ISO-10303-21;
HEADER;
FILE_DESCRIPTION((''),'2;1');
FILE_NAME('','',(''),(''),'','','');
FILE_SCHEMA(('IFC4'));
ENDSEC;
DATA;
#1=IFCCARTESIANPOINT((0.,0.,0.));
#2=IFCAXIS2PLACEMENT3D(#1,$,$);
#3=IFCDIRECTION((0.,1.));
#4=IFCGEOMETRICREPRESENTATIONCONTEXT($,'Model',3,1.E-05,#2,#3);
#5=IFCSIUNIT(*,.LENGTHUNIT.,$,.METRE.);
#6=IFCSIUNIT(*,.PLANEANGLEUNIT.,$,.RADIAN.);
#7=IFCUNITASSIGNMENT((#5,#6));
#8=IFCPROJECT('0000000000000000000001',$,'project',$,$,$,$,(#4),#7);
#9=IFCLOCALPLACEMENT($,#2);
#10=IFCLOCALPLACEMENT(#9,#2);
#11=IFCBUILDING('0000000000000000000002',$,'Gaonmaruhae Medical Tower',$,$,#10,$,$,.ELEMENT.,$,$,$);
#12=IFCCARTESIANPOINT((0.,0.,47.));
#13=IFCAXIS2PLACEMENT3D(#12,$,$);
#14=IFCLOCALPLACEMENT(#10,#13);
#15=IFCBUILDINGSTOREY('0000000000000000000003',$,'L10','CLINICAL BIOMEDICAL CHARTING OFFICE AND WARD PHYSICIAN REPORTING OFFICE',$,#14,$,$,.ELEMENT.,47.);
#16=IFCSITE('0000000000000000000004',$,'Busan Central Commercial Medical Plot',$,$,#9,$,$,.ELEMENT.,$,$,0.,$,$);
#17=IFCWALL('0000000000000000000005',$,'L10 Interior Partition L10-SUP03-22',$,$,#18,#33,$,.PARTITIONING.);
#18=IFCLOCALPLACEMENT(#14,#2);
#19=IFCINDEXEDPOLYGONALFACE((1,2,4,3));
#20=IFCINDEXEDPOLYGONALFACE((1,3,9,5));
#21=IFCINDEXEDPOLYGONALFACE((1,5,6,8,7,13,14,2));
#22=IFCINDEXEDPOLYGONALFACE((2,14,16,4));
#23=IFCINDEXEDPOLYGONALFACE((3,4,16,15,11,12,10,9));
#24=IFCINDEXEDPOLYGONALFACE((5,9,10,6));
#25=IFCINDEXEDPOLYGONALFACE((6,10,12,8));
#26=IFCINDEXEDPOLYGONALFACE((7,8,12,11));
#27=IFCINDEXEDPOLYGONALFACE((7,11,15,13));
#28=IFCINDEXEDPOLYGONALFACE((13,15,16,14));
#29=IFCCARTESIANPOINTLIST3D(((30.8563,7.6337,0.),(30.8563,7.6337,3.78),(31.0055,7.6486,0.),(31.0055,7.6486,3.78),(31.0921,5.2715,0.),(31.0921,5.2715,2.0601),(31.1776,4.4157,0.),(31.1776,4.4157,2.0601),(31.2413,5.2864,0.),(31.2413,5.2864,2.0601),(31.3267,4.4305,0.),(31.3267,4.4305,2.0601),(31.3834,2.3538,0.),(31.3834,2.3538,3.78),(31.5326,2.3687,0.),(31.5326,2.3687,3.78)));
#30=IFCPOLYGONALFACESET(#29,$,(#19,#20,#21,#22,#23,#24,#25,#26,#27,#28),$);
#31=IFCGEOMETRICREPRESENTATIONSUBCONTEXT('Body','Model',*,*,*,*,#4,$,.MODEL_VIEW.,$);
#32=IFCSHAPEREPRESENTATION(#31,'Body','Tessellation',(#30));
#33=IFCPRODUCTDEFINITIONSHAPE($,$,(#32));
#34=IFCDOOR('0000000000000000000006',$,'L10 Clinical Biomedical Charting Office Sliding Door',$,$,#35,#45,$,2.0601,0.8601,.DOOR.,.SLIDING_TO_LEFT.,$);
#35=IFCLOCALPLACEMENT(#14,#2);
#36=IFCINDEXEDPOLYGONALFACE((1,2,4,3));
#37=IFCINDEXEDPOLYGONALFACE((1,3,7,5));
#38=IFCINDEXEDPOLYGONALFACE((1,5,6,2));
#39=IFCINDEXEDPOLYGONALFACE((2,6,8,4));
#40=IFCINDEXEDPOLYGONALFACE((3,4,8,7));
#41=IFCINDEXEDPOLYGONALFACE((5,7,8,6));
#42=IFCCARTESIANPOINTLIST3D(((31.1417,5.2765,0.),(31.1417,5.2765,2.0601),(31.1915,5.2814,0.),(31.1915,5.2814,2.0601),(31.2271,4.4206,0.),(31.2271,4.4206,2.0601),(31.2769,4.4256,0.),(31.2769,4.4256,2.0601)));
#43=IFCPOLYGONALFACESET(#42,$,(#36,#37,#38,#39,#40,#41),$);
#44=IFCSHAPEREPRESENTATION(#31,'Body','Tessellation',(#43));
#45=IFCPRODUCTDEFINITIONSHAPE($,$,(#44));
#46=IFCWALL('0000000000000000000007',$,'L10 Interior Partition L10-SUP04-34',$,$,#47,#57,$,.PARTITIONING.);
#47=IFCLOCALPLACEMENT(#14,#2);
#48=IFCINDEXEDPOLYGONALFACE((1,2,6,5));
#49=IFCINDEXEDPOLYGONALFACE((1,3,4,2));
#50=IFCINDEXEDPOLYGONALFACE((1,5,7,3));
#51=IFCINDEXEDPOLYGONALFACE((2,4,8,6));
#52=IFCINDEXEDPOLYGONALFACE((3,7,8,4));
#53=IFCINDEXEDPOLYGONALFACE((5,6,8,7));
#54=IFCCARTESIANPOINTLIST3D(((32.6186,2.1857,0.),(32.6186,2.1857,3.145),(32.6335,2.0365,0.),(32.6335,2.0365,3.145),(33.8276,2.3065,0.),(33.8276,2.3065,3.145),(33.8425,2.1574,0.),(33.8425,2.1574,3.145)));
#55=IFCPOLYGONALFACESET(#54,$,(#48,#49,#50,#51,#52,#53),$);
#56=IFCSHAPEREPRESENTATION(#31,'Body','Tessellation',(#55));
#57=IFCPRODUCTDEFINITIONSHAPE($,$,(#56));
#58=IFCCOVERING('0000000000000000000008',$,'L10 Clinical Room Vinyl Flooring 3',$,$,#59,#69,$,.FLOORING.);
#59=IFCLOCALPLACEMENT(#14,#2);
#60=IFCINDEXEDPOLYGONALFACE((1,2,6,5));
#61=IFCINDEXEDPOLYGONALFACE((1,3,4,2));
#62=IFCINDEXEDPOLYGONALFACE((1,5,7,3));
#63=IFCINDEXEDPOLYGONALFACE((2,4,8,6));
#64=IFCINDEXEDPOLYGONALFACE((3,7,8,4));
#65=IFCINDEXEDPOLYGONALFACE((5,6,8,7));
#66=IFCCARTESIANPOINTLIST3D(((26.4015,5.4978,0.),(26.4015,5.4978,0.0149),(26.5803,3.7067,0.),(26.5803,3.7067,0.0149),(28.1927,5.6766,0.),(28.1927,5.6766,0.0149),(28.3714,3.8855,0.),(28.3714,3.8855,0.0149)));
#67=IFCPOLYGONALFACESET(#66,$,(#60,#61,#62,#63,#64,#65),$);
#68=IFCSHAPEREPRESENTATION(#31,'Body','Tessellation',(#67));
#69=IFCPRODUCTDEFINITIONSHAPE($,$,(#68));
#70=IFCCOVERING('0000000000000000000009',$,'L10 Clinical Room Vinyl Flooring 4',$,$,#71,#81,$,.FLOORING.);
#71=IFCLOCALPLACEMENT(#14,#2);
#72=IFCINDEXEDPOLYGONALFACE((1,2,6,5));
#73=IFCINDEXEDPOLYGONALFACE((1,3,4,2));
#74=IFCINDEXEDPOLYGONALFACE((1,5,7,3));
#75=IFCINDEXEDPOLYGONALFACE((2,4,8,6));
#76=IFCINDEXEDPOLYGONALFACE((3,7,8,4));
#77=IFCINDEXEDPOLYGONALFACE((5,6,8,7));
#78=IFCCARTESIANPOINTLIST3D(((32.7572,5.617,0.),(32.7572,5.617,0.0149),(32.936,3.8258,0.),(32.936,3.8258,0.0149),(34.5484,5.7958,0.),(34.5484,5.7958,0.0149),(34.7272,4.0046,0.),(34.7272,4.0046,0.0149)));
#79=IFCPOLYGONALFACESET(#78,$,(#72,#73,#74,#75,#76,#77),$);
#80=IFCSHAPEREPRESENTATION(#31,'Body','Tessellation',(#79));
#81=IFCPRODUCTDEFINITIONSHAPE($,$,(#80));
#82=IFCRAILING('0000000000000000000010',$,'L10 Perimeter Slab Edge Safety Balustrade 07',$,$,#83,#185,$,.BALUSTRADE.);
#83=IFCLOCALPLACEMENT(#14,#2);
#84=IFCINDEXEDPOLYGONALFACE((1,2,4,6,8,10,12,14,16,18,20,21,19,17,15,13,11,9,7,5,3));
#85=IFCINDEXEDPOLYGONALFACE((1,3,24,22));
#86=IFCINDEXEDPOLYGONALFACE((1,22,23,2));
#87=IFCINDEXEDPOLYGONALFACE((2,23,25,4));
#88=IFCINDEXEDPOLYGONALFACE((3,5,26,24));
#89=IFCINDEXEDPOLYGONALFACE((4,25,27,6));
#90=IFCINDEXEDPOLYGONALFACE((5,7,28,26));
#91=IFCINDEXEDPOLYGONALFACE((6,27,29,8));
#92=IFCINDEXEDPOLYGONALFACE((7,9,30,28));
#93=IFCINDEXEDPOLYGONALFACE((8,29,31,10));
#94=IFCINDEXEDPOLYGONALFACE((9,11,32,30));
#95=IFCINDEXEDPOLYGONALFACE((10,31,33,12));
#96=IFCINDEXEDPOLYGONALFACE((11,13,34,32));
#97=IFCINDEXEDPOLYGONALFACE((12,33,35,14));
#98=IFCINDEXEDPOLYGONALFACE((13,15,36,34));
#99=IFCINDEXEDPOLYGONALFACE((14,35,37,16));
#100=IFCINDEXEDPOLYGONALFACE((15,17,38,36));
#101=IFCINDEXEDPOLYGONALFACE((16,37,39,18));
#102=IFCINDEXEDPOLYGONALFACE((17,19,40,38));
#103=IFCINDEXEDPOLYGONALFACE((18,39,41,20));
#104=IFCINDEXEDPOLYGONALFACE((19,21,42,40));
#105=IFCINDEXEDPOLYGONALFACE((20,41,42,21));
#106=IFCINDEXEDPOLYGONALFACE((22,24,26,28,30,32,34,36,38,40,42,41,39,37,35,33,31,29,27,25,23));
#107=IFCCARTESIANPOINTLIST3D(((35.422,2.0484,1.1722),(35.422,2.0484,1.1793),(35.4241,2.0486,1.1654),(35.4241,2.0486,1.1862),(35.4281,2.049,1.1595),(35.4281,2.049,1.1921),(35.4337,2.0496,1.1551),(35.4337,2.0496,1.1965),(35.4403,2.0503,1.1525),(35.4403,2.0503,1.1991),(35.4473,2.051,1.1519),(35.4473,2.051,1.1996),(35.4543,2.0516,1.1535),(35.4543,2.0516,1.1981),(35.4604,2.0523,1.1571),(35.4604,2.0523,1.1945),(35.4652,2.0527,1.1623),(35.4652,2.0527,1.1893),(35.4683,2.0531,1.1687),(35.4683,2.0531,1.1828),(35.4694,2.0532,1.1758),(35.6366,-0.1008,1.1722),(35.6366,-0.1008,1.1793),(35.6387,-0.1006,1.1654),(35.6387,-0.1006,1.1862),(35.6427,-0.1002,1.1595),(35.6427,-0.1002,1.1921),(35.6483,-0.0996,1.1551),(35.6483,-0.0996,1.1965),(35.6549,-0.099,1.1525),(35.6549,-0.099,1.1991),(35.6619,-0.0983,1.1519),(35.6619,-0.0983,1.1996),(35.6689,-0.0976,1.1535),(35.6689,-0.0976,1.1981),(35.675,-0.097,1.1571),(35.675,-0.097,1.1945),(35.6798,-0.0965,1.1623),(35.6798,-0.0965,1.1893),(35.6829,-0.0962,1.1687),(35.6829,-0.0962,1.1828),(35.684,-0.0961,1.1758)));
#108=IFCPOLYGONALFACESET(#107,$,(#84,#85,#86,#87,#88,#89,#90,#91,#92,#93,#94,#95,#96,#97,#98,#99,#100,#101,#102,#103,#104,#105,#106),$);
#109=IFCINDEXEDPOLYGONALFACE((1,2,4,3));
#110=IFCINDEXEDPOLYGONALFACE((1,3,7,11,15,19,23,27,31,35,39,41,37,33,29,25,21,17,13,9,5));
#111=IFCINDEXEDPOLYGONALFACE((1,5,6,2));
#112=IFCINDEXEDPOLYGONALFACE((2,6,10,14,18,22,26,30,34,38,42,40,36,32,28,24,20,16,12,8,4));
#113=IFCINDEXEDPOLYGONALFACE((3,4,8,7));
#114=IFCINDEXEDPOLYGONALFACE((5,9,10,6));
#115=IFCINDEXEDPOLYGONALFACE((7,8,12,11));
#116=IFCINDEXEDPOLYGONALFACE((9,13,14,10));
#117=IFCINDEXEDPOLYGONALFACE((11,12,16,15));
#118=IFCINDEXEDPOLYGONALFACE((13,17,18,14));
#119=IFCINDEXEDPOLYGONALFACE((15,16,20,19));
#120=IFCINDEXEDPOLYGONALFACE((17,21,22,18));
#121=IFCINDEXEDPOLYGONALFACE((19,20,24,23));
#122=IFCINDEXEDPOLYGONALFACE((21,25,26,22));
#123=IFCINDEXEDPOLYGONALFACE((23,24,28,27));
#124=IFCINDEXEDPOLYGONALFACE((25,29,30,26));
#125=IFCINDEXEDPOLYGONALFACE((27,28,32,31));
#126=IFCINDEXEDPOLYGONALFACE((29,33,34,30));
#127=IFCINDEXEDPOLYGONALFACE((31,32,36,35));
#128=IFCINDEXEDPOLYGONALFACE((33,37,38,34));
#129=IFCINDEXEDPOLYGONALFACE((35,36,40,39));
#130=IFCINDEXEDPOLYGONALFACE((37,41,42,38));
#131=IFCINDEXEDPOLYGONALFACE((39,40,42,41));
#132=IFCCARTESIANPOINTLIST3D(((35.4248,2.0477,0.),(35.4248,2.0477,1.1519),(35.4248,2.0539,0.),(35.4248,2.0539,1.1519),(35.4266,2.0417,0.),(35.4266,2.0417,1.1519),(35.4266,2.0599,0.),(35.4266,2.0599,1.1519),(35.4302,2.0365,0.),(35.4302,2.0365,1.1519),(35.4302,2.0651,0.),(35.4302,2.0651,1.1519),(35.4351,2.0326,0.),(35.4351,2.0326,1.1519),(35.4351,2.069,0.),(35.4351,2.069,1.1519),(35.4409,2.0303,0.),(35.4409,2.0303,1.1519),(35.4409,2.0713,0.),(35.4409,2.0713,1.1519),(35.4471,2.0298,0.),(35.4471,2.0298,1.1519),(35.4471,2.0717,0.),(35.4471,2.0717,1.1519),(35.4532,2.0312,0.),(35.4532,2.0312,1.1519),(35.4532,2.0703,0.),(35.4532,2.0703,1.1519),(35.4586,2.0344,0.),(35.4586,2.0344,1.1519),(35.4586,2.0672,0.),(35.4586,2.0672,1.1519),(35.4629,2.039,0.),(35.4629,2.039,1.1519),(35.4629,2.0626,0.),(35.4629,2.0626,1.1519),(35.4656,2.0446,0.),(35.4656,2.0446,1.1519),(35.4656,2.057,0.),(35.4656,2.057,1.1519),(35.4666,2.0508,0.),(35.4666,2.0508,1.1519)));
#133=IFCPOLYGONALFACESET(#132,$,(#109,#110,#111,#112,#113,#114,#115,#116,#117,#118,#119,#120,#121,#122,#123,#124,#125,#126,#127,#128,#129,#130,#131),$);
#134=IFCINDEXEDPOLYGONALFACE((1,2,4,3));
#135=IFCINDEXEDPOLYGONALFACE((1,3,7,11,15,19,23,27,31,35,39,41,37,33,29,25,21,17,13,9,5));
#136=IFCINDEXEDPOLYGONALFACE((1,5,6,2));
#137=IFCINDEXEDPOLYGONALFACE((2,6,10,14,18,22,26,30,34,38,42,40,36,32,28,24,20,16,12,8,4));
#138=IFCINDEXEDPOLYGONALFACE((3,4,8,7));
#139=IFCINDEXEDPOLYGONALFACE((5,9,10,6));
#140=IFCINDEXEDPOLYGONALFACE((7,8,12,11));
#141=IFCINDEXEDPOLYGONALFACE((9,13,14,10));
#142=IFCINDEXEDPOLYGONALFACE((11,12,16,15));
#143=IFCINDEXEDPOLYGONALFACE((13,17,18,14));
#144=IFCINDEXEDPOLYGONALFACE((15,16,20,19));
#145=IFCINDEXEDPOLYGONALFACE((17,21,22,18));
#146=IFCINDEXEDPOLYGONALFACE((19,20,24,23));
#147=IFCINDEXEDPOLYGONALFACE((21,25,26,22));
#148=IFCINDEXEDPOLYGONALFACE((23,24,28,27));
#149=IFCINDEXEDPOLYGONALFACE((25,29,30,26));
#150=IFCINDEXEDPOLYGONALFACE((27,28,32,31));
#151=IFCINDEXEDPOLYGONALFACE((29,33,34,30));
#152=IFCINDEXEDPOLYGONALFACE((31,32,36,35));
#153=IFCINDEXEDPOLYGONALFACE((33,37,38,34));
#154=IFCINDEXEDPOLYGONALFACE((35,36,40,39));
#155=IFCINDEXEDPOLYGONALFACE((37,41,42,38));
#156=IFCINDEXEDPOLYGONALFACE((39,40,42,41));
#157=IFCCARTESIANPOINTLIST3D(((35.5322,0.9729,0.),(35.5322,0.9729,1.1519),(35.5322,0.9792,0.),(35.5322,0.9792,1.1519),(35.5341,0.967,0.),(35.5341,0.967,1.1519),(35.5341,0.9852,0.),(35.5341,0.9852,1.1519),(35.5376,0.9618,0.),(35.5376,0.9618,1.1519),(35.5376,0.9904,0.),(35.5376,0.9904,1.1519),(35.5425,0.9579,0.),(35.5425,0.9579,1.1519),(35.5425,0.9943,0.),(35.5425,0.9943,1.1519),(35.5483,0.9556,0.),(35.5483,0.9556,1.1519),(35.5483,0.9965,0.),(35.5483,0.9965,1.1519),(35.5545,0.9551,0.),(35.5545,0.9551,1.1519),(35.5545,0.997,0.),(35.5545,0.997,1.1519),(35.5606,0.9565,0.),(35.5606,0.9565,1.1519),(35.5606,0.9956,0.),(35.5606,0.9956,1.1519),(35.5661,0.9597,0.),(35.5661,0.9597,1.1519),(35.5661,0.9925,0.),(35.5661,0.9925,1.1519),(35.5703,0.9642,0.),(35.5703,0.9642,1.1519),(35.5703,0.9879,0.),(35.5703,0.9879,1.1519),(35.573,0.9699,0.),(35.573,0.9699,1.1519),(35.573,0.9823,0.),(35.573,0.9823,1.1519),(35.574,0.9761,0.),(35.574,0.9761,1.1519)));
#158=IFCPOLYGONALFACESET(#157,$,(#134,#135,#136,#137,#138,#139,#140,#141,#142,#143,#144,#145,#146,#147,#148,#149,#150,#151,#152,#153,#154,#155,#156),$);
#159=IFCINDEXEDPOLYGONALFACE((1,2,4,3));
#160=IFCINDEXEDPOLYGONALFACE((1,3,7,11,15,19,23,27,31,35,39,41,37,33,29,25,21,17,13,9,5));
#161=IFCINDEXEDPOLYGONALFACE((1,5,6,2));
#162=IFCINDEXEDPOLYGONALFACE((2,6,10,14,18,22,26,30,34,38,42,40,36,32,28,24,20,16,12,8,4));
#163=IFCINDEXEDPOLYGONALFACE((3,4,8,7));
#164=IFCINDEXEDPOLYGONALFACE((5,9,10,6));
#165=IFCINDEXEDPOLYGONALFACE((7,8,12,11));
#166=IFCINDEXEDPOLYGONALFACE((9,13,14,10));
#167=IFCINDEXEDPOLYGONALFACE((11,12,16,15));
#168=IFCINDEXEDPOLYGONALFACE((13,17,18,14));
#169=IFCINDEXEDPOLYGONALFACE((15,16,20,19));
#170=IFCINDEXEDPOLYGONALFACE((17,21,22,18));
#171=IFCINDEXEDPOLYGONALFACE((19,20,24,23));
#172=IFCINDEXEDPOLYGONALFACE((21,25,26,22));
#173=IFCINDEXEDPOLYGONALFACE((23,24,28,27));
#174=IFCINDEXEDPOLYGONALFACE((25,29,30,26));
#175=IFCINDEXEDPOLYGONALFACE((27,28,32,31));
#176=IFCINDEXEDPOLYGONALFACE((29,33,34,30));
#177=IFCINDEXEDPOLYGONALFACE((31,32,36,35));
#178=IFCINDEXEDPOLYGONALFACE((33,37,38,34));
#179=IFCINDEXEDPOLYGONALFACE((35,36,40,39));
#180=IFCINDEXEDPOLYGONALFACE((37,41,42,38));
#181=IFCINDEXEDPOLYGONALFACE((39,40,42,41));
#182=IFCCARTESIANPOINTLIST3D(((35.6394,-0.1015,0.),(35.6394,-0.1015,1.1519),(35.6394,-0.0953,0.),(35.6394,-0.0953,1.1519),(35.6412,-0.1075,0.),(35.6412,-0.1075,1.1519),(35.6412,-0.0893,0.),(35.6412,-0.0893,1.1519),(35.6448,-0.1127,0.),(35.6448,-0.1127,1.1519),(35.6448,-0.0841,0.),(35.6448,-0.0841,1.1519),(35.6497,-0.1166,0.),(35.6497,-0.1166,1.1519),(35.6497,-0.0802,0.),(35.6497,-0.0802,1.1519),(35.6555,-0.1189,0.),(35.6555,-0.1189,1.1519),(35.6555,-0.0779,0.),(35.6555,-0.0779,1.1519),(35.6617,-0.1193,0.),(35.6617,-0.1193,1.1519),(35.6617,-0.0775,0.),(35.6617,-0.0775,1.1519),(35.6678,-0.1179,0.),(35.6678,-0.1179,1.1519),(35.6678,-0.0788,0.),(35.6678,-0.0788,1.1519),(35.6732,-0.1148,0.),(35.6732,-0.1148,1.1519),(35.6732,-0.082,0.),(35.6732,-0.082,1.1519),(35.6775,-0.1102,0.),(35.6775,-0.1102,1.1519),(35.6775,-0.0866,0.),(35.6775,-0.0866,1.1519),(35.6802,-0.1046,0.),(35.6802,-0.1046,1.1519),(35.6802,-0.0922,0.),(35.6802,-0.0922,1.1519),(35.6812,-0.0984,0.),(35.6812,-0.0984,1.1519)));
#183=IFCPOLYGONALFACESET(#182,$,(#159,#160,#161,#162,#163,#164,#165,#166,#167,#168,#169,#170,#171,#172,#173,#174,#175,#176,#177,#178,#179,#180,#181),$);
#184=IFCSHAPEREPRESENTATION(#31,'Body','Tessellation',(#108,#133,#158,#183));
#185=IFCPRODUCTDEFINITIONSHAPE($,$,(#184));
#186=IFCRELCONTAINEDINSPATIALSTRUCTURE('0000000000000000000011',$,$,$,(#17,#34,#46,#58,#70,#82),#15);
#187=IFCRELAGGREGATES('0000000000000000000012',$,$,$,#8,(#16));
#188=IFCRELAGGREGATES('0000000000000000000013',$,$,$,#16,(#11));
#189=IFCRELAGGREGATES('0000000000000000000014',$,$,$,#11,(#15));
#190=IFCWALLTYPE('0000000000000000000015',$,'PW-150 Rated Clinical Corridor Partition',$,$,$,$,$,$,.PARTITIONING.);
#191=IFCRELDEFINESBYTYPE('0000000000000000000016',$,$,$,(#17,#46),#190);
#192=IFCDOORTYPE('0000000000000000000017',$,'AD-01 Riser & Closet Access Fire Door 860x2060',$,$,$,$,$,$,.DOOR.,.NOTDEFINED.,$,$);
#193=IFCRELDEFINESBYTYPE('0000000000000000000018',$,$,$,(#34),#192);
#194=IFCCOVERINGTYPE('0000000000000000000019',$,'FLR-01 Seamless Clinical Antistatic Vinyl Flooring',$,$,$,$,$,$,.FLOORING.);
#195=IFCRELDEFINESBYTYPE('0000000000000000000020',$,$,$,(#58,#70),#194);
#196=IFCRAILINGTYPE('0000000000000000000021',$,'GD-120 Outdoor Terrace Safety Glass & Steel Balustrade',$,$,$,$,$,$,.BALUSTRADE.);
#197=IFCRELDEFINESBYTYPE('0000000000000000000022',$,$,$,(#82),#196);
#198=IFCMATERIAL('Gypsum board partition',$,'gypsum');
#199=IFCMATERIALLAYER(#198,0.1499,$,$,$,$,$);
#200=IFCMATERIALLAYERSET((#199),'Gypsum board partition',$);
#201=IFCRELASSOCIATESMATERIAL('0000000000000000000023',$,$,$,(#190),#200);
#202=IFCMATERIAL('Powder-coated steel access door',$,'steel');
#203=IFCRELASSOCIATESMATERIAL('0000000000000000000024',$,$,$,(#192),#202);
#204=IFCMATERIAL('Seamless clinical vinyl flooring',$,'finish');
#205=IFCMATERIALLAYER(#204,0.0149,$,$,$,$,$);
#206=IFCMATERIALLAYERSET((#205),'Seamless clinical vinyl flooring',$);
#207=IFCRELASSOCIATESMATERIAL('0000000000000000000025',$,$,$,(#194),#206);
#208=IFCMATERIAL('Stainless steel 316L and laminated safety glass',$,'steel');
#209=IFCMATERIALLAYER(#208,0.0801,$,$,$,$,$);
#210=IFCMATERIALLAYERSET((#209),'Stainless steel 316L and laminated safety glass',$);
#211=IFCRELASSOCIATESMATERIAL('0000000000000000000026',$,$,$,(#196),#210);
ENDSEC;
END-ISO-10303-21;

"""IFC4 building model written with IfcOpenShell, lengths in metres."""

from ifc_helpers import new_model, si_unit, direction, frame, frame_2d, origin, origin_2d, place, context, subcontext, project, spatial, rectangle, circle, extrude, material, layer, layer_set, type_object, element, fill, save


model = new_model("IFC4")

# Units and contexts
model_context = context("Model", 3, precision=1e-05, world=origin(), true_north=direction((0.0, 1.0)))
body_context = subcontext(model_context, "Body", "Model", "MODEL_VIEW")
ifc_project = project(units=[si_unit("LENGTHUNIT", "METRE"), si_unit("PLANEANGLEUNIT", "RADIAN")], contexts=[model_context])

# Site, building, storey
site_placement = place(None, origin())
site = spatial("IfcSite", under=ifc_project, at=site_placement, Name="Busan Central Commercial Medical Plot", CompositionType="ELEMENT", RefElevation=0.0)
building_placement = place(site_placement, origin())
building = spatial("IfcBuilding", under=site, at=building_placement, Name="Gaonmaruhae Medical Tower", CompositionType="ELEMENT")
storey_placement = place(building_placement, frame((0.0, 0.0, 47.0)))
storey = spatial("IfcBuildingStorey", under=building, at=storey_placement, Name="L10", Description="CLINICAL BIOMEDICAL CHARTING OFFICE AND WARD PHYSICIAN REPORTING OFFICE", CompositionType="ELEMENT", Elevation=47.0)

# Shared definitions
ifc_material_1 = material(Name="Gypsum board partition", Category="gypsum")
ifc_layer_1 = layer(ifc_material_1, 0.1499)
ifc_layer_set_1 = layer_set([ifc_layer_1], Name="Gypsum board partition")
wall_type_1 = type_object("IfcWallType", Name="PW-150 Rated Clinical Corridor Partition", PredefinedType="PARTITIONING", material=ifc_layer_set_1)

# Wall, opening, door
wall_1_placement = place(storey_placement, frame((30.9309, 7.6411, 0.0), z_axis=(0.0, 0.0, 1.0), x_axis=(0.099335, -0.995054, 0.0)))
wall_1 = element("IfcWall", 1, at=wall_1_placement, inside=storey, type_object=wall_type_1, Name="L10 Interior Partition L10-SUP03-22", PredefinedType="PARTITIONING", context=body_context, shape_type="SweptSolid", body=[
    extrude(rectangle(XDim=5.3062, YDim=0.1499, at=frame_2d((2.6531, 0.0))), origin(), (0.0, 0.0, 1.0), 3.78),
])
opening_1_placement = place(wall_1_placement, frame((2.3738, 0.0, 0.0)))
opening_1 = element("IfcOpeningElement", 2, at=opening_1_placement, cuts=wall_1, PredefinedType="OPENING", context=body_context, shape_type="SweptSolid", body=[
    extrude(rectangle(XDim=0.8601, YDim=2.0601, at=frame_2d((0.4302, 1.03))), frame((0.0, 0.085, 0.0), z_axis=(0.0, -1.0, 0.0), x_axis=(1.0, 0.0, 0.0)), (0.0, 0.0, 1.0), 0.1699),
])
ifc_material_2 = material(Name="Powder-coated steel access door", Category="steel")
door_type = type_object("IfcDoorType", Name="AD-01 Riser & Closet Access Fire Door 860x2060", OperationType="NOTDEFINED", PredefinedType="DOOR", material=ifc_material_2)
door_placement = place(opening_1_placement, origin())
door = element("IfcDoor", 3, at=door_placement, inside=storey, type_object=door_type, Name="L10 Clinical Biomedical Charting Office Sliding Door", OperationType="SLIDING_TO_LEFT", OverallHeight=2.0601, OverallWidth=0.8601, PredefinedType="DOOR", context=body_context, shape_type="SweptSolid", body=[
    extrude(rectangle(XDim=0.8601, YDim=2.0601, at=frame_2d((0.4302, 1.03))), frame((0.0, 0.0249, 0.0), z_axis=(0.0, -1.0, 0.0), x_axis=(1.0, 0.0, 0.0)), (0.0, 0.0, 1.0), 0.05),
])
fill(opening_1, door)

# Wall
wall_2_placement = place(storey_placement, frame((33.835, 2.2319, 0.0), z_axis=(0.0, 0.0, 1.0), x_axis=(-0.995041, -0.099464, 0.0)))
element("IfcWall", 4, at=wall_2_placement, inside=storey, type_object=wall_type_1, Name="L10 Interior Partition L10-SUP04-34", PredefinedType="PARTITIONING", context=body_context, shape_type="SweptSolid", body=[
    extrude(rectangle(XDim=1.2151, YDim=0.1499, at=frame_2d((0.6074, 0.0))), origin(), (0.0, 0.0, 1.0), 3.145),
])

# Coverings
ifc_material_3 = material(Name="Seamless clinical vinyl flooring", Category="finish")
ifc_layer_2 = layer(ifc_material_3, 0.0149)
ifc_layer_set_2 = layer_set([ifc_layer_2], Name="Seamless clinical vinyl flooring")
covering_type = type_object("IfcCoveringType", Name="FLR-01 Seamless Clinical Antistatic Vinyl Flooring", PredefinedType="FLOORING", material=ifc_layer_set_2)
for number, where, z_axis, x_axis, name in (
    (5, (27.3865, 4.6917, 0.0), (0.0, 0.0, 1.0), (0.995056, 0.09932, 0.0), "L10 Clinical Room Vinyl Flooring 3"),
    (6, (33.7422, 4.8108, 0.0), (0.0, 0.0, 1.0), (0.995056, 0.09932, 0.0), "L10 Clinical Room Vinyl Flooring 4"),
):
    element("IfcCovering", number, at=place(storey_placement, frame(where, z_axis=z_axis, x_axis=x_axis)), inside=storey, type_object=covering_type, Name=name, PredefinedType="FLOORING", context=body_context, shape_type="SweptSolid", body=[
        extrude(rectangle(XDim=1.8, YDim=1.8, at=origin_2d()), origin(), (0.0, 0.0, 1.0), 0.0149),
    ])

# Railing
ifc_material_4 = material(Name="Stainless steel 316L and laminated safety glass", Category="steel")
ifc_layer_3 = layer(ifc_material_4, 0.0801)
ifc_layer_set_3 = layer_set([ifc_layer_3], Name="Stainless steel 316L and laminated safety glass")
railing_type = type_object("IfcRailingType", Name="GD-120 Outdoor Terrace Safety Glass & Steel Balustrade", PredefinedType="BALUSTRADE", material=ifc_layer_set_3)
railing_1_placement = place(storey_placement, frame((35.4456, 2.0508, 0.0)))
element("IfcRailing", 7, at=railing_1_placement, inside=storey, type_object=railing_type, Name="L10 Perimeter Slab Edge Safety Balustrade 07", PredefinedType="BALUSTRADE", context=body_context, shape_type="SweptSolid", body=[
    extrude(circle(Radius=0.0239, at=origin_2d()), frame((0.0, 0.0, 1.1758), z_axis=(0.099358, -0.995052, 0.0), x_axis=(0.995052, 0.099358, 0.0)), (0.0, 0.0, 1.0), 2.1599),
    extrude(circle(Radius=0.021, at=origin_2d()), origin(), (0.0, 0.0, 1.0), 1.1519),
    extrude(circle(Radius=0.021, at=origin_2d()), frame((0.1074, -1.0747, 0.0)), (0.0, 0.0, 1.0), 1.1519),
    extrude(circle(Radius=0.021, at=origin_2d()), frame((0.2146, -2.1492, 0.0)), (0.0, 0.0, 1.0), 1.1519),
])

save(model, "model.ifc")
